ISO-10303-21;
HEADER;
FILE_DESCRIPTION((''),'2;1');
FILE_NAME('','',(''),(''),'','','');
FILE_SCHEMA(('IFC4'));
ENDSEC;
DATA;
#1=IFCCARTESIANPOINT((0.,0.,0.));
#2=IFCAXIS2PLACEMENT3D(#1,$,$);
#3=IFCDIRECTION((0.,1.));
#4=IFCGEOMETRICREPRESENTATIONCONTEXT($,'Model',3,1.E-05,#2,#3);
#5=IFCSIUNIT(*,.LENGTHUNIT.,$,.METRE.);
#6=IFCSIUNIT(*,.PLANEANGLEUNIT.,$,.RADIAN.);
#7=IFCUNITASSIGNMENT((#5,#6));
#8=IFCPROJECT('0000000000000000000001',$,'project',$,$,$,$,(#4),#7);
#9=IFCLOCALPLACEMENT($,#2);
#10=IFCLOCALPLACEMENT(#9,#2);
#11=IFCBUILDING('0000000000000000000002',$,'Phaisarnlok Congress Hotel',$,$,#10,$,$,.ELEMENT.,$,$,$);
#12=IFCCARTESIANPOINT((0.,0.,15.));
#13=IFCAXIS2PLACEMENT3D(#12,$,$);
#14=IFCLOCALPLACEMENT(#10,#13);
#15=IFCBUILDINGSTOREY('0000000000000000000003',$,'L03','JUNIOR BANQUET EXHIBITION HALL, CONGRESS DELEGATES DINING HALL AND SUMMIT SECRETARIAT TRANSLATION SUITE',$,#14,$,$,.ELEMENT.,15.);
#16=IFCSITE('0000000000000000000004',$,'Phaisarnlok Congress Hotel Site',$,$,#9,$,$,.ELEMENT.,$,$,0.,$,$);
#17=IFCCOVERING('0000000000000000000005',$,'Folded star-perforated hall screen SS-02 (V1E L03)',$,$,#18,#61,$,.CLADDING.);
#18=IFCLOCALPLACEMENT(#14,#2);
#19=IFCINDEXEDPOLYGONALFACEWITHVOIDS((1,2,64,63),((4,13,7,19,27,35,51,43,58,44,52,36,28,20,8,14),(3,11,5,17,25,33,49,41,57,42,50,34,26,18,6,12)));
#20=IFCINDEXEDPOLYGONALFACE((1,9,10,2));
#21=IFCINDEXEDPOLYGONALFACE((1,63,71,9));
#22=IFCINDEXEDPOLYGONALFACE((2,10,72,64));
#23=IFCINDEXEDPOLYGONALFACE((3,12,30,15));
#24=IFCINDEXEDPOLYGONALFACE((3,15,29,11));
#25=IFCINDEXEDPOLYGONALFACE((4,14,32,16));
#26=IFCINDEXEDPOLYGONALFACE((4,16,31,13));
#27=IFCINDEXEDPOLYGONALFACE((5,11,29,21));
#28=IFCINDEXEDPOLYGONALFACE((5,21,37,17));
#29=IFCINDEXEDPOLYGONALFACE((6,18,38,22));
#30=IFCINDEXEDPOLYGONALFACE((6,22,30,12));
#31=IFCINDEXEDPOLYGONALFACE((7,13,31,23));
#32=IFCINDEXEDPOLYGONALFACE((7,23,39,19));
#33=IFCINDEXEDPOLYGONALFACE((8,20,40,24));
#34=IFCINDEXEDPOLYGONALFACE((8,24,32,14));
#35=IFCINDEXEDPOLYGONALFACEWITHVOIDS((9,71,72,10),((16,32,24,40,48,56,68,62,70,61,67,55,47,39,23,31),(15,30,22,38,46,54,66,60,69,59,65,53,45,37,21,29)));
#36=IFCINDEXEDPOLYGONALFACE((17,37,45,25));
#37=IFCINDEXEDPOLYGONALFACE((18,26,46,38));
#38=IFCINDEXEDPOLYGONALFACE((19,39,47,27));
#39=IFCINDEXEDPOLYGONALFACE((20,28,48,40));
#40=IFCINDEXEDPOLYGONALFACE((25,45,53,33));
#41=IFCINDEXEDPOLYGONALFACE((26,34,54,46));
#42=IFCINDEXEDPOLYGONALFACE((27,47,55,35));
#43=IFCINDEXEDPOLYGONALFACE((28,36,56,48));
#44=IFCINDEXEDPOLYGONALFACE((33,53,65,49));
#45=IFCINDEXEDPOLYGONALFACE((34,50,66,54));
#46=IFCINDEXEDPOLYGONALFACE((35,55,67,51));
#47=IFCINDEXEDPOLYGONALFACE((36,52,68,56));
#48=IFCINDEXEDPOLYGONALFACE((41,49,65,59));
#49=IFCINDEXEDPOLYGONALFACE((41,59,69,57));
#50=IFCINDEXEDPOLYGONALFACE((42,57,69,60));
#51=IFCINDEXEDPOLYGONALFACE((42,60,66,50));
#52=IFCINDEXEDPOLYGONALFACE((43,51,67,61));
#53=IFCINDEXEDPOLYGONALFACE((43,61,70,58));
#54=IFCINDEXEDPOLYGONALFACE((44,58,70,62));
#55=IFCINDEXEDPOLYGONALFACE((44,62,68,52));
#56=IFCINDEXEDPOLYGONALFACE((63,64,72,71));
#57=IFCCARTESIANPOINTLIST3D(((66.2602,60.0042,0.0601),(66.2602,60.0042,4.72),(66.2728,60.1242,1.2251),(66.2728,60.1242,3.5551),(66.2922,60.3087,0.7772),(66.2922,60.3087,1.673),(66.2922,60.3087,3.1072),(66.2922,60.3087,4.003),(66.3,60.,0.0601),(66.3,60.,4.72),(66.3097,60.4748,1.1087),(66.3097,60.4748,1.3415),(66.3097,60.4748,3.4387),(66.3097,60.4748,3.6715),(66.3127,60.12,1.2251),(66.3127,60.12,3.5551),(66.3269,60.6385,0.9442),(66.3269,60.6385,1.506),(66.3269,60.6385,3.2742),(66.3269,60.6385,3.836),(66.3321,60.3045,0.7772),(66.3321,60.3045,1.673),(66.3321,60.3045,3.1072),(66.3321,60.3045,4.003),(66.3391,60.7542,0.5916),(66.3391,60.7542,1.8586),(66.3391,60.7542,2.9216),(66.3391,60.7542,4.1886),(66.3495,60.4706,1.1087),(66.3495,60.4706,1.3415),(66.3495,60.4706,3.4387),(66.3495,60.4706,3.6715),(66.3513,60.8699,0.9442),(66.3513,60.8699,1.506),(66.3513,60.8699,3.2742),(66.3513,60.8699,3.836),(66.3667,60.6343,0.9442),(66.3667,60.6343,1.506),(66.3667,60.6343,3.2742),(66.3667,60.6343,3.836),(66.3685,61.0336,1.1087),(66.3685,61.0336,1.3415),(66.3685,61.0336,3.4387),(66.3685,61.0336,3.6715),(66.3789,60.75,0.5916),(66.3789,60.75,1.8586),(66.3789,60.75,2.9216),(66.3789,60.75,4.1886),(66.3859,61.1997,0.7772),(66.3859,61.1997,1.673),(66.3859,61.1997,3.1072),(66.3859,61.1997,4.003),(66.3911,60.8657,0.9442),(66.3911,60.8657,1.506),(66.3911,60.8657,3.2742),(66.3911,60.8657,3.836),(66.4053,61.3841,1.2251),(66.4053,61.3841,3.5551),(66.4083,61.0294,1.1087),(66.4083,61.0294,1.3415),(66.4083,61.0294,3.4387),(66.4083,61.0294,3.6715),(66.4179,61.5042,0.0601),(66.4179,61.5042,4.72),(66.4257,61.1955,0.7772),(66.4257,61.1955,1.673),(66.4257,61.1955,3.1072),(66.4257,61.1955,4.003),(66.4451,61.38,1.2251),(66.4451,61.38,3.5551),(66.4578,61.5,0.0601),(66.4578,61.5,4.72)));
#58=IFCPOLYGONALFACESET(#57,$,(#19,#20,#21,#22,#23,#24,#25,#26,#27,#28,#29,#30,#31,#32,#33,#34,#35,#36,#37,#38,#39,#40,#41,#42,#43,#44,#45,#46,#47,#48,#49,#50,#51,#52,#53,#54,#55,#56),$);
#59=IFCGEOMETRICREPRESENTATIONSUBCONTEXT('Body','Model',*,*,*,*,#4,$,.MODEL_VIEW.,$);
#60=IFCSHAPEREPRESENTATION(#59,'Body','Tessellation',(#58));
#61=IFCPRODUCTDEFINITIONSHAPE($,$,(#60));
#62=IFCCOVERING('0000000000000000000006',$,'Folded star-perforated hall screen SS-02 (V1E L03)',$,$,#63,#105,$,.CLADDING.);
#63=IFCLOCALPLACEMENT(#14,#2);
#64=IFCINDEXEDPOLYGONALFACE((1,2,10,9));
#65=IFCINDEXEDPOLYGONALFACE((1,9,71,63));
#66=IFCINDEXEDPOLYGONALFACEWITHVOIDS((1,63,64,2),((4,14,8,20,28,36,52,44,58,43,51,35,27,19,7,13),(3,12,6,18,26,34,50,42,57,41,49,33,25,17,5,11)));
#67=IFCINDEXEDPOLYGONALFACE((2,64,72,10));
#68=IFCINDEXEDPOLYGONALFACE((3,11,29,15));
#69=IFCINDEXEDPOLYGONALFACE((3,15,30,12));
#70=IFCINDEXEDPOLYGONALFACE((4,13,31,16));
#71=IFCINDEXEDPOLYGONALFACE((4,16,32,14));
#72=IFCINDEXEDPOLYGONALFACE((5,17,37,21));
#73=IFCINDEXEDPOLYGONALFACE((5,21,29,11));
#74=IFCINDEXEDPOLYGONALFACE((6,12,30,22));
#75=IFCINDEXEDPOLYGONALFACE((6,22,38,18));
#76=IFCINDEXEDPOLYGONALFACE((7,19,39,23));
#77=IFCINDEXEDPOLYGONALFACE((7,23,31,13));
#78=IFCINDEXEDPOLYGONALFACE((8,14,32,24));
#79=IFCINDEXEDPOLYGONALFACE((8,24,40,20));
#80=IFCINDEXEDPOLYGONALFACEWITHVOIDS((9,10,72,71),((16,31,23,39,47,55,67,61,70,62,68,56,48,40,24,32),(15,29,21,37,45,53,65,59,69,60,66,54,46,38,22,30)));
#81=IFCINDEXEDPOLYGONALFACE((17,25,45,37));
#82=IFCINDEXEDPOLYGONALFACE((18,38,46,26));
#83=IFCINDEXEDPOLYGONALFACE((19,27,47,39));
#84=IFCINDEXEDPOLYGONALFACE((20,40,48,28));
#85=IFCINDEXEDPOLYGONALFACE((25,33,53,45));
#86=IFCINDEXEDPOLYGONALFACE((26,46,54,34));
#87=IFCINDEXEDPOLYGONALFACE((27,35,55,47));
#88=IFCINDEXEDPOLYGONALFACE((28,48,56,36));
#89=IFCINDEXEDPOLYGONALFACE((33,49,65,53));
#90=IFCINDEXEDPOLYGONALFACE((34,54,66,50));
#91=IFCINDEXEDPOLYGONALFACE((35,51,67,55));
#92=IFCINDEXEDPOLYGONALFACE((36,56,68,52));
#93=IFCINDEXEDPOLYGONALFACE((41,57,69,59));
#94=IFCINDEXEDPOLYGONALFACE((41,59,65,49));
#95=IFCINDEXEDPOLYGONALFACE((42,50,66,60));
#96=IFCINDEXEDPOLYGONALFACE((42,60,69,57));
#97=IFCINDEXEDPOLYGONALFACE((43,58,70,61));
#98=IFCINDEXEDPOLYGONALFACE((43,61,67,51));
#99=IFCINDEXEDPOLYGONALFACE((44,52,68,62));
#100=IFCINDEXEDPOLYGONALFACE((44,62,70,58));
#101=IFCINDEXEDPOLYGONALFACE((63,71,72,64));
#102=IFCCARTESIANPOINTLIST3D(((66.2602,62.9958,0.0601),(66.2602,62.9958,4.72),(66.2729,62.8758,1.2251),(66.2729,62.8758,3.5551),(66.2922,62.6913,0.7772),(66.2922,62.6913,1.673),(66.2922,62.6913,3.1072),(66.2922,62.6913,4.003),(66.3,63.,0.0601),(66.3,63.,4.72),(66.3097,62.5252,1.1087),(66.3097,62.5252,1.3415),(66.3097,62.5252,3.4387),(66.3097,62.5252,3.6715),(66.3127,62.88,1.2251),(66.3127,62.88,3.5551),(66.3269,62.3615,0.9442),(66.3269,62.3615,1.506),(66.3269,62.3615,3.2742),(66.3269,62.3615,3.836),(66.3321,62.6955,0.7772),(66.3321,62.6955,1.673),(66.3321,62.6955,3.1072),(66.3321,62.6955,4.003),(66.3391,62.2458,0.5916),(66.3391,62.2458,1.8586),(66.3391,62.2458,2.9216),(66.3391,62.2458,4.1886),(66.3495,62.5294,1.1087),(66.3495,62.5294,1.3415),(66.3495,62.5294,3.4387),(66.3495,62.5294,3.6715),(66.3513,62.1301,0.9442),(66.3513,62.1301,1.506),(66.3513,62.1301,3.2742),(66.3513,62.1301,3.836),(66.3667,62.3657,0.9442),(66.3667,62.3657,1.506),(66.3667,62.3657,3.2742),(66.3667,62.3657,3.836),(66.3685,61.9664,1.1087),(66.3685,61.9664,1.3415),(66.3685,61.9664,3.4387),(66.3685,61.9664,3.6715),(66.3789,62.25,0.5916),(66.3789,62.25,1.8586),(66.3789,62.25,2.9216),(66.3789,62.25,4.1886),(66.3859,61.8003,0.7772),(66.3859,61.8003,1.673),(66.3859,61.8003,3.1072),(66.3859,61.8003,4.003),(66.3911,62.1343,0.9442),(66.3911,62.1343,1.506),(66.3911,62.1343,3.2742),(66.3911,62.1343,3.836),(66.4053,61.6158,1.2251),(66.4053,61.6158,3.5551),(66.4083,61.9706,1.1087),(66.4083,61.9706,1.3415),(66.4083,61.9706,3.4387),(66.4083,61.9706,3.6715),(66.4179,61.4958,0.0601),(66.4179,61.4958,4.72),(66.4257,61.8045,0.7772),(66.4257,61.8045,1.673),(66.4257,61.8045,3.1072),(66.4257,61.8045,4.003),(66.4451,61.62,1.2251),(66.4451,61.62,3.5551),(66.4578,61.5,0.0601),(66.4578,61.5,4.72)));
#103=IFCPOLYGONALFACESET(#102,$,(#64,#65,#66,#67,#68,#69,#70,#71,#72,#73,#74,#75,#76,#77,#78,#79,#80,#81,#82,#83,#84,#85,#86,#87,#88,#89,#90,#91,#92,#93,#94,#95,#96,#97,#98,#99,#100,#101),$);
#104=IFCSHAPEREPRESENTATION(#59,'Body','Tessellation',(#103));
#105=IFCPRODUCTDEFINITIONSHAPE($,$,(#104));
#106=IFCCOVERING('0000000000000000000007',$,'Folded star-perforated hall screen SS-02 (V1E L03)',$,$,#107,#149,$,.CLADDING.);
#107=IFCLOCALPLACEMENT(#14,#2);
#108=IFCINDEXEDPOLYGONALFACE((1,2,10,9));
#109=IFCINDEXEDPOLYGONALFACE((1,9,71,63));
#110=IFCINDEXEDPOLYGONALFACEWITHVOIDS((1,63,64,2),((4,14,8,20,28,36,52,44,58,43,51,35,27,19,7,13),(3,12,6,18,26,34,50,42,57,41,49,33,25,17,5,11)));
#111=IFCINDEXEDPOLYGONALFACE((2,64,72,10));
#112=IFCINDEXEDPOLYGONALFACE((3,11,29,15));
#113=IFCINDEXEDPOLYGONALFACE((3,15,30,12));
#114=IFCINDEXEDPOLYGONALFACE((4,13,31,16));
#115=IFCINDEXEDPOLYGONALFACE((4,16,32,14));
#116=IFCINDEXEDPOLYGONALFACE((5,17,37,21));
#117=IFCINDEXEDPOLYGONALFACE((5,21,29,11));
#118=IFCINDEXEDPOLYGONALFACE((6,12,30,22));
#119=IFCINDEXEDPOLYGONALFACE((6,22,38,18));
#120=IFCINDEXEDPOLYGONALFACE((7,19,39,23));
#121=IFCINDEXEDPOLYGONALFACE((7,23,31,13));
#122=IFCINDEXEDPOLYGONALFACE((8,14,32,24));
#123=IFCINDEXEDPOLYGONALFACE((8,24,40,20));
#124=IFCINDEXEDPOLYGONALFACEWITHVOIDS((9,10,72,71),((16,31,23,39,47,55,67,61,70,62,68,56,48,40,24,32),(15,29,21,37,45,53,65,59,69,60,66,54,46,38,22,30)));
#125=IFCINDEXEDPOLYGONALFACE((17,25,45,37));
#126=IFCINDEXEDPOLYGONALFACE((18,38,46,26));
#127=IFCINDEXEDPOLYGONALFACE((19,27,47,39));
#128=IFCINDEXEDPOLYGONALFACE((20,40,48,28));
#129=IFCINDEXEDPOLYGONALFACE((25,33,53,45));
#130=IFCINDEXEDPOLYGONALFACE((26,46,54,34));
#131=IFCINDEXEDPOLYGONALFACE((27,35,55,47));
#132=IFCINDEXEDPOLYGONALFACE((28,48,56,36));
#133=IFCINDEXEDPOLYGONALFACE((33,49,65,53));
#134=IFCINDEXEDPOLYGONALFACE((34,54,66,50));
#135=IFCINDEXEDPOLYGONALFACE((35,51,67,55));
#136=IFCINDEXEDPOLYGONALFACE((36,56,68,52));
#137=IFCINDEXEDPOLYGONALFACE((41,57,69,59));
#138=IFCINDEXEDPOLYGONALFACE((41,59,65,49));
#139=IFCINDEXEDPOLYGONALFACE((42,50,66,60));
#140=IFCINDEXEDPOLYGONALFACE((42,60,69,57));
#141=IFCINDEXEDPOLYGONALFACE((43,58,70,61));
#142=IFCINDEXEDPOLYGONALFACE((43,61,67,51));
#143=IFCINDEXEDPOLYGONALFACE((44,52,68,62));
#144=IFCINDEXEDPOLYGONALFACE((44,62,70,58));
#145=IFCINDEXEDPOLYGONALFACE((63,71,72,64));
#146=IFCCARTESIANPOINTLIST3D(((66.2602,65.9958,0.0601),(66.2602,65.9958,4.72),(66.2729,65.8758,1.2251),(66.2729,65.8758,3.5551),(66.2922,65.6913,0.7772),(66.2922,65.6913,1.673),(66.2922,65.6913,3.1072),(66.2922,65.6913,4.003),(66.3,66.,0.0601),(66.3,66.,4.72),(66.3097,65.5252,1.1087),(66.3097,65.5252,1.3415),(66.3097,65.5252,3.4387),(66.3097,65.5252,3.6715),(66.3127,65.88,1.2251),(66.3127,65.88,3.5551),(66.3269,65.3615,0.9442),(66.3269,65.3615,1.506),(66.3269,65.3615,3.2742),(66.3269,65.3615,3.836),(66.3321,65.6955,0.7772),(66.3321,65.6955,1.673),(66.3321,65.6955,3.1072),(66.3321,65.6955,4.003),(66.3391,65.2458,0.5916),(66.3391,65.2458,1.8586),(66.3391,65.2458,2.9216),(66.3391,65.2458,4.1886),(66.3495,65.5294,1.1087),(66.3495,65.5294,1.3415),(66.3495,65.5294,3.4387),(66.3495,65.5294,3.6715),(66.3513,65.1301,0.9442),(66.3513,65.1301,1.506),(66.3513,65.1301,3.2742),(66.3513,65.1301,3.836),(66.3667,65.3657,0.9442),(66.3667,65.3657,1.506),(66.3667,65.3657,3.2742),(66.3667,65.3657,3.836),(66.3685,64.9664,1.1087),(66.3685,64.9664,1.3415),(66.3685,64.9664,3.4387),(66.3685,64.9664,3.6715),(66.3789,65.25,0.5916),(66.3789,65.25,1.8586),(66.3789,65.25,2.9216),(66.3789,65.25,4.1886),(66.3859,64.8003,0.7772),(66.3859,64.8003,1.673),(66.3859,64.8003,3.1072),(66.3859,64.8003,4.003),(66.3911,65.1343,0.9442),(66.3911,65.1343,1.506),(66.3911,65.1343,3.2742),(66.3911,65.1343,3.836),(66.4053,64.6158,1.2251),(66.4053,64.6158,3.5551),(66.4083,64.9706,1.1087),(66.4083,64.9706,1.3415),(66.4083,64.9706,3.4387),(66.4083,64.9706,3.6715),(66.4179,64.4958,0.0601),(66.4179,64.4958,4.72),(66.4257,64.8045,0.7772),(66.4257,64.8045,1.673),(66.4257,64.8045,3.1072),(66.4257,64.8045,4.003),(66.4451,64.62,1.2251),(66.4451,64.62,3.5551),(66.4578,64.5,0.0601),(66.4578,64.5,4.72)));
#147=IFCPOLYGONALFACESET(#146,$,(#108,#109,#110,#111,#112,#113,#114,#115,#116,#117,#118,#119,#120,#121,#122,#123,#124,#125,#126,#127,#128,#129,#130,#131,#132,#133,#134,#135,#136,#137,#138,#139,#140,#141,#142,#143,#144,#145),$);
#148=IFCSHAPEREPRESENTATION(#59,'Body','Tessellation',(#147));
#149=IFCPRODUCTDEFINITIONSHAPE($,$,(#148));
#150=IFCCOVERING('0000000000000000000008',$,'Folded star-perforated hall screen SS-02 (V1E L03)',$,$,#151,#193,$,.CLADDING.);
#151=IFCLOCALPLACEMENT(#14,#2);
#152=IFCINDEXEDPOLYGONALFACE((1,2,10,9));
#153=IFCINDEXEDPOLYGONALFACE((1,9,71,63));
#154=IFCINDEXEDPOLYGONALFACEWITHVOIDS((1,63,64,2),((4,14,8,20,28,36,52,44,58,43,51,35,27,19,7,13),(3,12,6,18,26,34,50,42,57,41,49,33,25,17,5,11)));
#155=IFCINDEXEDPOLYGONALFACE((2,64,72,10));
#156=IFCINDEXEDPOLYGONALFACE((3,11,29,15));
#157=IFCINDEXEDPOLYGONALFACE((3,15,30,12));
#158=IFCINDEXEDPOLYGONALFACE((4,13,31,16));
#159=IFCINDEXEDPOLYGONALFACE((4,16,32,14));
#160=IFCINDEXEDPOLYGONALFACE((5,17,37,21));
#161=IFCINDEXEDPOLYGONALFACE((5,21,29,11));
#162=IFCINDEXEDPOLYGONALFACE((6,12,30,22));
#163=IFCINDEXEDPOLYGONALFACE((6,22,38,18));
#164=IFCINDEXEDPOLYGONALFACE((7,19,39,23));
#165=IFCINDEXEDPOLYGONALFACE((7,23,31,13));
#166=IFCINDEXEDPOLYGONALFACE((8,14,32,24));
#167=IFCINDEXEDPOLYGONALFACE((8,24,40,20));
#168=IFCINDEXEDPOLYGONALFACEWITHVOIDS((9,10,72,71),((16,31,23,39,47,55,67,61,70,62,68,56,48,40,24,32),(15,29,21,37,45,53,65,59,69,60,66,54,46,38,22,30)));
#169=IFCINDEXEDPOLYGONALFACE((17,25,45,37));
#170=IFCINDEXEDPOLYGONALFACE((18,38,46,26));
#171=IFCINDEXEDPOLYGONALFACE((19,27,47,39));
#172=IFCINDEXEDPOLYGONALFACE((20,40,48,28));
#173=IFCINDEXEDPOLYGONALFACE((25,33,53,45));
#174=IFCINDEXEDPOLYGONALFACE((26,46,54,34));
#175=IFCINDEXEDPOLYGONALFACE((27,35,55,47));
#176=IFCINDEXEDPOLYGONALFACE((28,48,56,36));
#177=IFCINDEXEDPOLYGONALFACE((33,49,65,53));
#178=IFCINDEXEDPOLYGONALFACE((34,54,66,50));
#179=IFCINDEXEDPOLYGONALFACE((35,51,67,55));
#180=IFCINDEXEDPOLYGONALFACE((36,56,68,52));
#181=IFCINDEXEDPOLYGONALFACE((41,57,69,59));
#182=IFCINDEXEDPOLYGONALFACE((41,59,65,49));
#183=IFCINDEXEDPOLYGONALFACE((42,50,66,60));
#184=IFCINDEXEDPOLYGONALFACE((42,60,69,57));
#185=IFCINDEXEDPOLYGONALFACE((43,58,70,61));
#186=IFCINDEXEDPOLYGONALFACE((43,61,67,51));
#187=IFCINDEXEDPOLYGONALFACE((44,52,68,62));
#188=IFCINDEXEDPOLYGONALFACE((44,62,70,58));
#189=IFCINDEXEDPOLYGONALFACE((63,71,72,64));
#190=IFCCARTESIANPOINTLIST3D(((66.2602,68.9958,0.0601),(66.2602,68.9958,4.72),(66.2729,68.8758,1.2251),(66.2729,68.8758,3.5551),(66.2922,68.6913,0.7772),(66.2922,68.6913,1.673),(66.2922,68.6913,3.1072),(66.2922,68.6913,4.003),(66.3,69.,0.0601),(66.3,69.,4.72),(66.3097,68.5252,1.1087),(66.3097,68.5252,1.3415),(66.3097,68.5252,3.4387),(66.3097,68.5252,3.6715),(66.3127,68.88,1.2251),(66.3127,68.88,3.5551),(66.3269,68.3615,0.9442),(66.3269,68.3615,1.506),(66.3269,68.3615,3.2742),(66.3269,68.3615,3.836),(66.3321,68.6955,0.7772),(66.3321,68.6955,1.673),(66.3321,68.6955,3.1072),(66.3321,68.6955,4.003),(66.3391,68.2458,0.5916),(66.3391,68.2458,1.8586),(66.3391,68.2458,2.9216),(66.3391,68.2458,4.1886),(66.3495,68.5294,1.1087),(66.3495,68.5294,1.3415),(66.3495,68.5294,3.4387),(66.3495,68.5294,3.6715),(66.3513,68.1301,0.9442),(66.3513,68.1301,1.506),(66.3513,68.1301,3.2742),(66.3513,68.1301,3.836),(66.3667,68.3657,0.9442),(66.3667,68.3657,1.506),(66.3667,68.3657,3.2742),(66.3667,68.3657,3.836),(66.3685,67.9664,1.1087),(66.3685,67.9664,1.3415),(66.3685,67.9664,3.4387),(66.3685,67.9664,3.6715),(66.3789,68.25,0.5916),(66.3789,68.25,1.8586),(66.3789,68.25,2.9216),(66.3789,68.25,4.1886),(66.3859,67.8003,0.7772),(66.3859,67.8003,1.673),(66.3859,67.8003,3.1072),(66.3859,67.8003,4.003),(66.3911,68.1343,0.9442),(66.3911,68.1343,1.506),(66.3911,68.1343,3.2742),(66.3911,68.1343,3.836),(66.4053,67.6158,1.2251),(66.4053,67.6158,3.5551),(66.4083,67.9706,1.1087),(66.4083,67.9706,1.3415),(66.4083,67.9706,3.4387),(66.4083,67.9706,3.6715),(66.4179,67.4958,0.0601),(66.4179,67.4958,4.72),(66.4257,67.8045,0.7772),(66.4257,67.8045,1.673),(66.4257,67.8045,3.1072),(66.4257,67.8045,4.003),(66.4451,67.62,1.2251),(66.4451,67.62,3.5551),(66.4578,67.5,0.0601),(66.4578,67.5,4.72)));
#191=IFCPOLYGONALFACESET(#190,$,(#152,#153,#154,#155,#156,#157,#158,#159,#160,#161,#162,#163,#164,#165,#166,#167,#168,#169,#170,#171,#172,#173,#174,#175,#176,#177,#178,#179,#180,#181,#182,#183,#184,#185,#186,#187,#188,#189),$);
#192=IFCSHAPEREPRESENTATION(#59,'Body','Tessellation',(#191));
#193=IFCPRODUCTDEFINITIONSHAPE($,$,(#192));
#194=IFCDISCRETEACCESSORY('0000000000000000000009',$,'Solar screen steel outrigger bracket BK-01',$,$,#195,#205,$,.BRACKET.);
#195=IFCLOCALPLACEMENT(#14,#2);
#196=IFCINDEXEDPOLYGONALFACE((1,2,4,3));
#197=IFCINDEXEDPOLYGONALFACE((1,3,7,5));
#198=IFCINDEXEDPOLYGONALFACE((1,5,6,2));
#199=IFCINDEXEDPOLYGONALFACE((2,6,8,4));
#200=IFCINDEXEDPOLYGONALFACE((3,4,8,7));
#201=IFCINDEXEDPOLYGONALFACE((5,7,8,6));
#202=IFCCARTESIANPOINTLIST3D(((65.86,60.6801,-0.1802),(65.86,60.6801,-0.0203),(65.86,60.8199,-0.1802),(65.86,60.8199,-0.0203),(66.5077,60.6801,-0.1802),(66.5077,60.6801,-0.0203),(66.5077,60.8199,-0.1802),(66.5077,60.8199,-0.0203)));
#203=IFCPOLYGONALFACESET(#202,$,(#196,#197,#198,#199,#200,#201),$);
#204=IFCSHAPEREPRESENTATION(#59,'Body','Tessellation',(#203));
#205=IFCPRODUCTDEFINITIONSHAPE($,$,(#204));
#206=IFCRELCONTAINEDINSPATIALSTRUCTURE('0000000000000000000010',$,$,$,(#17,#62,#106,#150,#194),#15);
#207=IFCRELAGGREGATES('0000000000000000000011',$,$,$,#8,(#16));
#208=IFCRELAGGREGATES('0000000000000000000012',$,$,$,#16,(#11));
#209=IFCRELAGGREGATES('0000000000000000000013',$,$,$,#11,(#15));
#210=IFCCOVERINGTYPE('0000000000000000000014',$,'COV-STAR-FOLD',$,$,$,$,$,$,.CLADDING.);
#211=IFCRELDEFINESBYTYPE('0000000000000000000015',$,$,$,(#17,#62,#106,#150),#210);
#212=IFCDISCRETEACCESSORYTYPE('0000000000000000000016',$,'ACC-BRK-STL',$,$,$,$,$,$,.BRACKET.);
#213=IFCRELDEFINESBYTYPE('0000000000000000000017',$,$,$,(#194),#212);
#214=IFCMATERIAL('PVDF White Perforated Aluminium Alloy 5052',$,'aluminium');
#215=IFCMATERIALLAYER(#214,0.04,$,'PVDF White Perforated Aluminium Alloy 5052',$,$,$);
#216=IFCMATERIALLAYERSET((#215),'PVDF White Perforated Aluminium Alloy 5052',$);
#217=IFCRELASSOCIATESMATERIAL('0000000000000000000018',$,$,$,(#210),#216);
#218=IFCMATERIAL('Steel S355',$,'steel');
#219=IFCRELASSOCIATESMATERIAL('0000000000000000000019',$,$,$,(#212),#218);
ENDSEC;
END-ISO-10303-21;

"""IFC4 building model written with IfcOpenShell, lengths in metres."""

from ifc_helpers import new_model, si_unit, direction, frame, origin, origin_2d, place, context, subcontext, project, spatial, polyline, rectangle, outline, extrude, material, layer, layer_set, type_object, element, save


model = new_model("IFC4")

# Units and contexts
model_context = context("Model", 3, precision=1e-05, world=origin(), true_north=direction((0.0, 1.0)))
body_context = subcontext(model_context, "Body", "Model", "MODEL_VIEW")
ifc_project = project(units=[si_unit("LENGTHUNIT", "METRE"), si_unit("PLANEANGLEUNIT", "RADIAN")], contexts=[model_context])

# Site, building, storey
site_placement = place(None, origin())
site = spatial("IfcSite", under=ifc_project, at=site_placement, Name="Phaisarnlok Congress Hotel Site", CompositionType="ELEMENT", RefElevation=0.0)
building_placement = place(site_placement, origin())
building = spatial("IfcBuilding", under=site, at=building_placement, Name="Phaisarnlok Congress Hotel", CompositionType="ELEMENT")
storey_placement = place(building_placement, frame((0.0, 0.0, 15.0)))
storey = spatial("IfcBuildingStorey", under=building, at=storey_placement, Name="L03", Description="JUNIOR BANQUET EXHIBITION HALL, CONGRESS DELEGATES DINING HALL AND SUMMIT SECRETARIAT TRANSLATION SUITE", CompositionType="ELEMENT", Elevation=15.0)

# Shared definitions
ifc_material_1 = material(Name="Steel S355", Category="steel")

# Coverings
ifc_material_2 = material(Name="PVDF White Perforated Aluminium Alloy 5052", Category="aluminium")
ifc_layer_1 = layer(ifc_material_2, 0.04, Name="PVDF White Perforated Aluminium Alloy 5052")
ifc_layer_set_1 = layer_set([ifc_layer_1], Name="PVDF White Perforated Aluminium Alloy 5052")
covering_type = type_object("IfcCoveringType", Name="COV-STAR-FOLD", PredefinedType="CLADDING", material=ifc_layer_set_1)
for number, where, z_axis, x_axis, name in (
    (1, (66.4578, 61.5, 0.0601), (-0.994518, 0.104567, 0.0), (-0.104567, -0.994518, 0.0), "Folded star-perforated hall screen SS-02 (V1E L03)"),
    (2, (66.3, 63.0, 0.0601), (-0.994518, -0.104567, 0.0), (0.104567, -0.994518, 0.0), "Folded star-perforated hall screen SS-02 (V1E L03)"),
    (3, (66.3, 66.0, 0.0601), (-0.994518, -0.104567, 0.0), (0.104567, -0.994518, 0.0), "Folded star-perforated hall screen SS-02 (V1E L03)"),
    (4, (66.3, 69.0, 0.0601), (-0.994518, -0.104567, 0.0), (0.104567, -0.994518, 0.0), "Folded star-perforated hall screen SS-02 (V1E L03)"),
):
    element("IfcCovering", number, at=place(storey_placement, frame(where, z_axis=z_axis, x_axis=x_axis)), inside=storey, type_object=covering_type, Name=name, PredefinedType="CLADDING", context=body_context, shape_type="SweptSolid", body=[
        extrude(outline(polyline([(0.0, 0.0), (1.5083, 0.0), (1.5083, 4.6599), (0.0, 4.6599), (0.0, 0.0)]), holes=[polyline([(1.0351, 1.0486), (1.2021, 0.7171), (0.8705, 0.8841), (0.7541, 0.5315), (0.6378, 0.8841), (0.3062, 0.7171), (0.4732, 1.0486), (0.1207, 1.165), (0.4732, 1.2814), (0.3062, 1.6129), (0.6378, 1.4459), (0.7541, 1.7985), (0.8705, 1.4459), (1.2021, 1.6129), (1.0351, 1.2814), (1.3876, 1.165), (1.0351, 1.0486)]), polyline([(1.0351, 3.3786), (1.2021, 3.0471), (0.8705, 3.2141), (0.7541, 2.8615), (0.6378, 3.2141), (0.3062, 3.0471), (0.4732, 3.3786), (0.1207, 3.495), (0.4732, 3.6114), (0.3062, 3.9429), (0.6378, 3.7759), (0.7541, 4.1285), (0.8705, 3.7759), (1.2021, 3.9429), (1.0351, 3.6114), (1.3876, 3.495), (1.0351, 3.3786)])]), origin(), (0.0, 0.0, 1.0), 0.04),
    ])

# Discrete accessory
discrete_accessory_type = type_object("IfcDiscreteAccessoryType", Name="ACC-BRK-STL", PredefinedType="BRACKET", material=ifc_material_1)
for number, where, z_axis, x_axis, name in (
    (5, (66.1838, 60.75, -0.1802), (0.0, 0.0, 1.0), (1.0, 0.0, 0.0), "Solar screen steel outrigger bracket BK-01"),
):
    element("IfcDiscreteAccessory", number, at=place(storey_placement, frame(where, z_axis=z_axis, x_axis=x_axis)), inside=storey, type_object=discrete_accessory_type, Name=name, PredefinedType="BRACKET", context=body_context, shape_type="SweptSolid", body=[
        extrude(rectangle(XDim=0.6477, YDim=0.1399, at=origin_2d()), origin(), (0.0, 0.0, 1.0), 0.1599),
    ])

save(model, "model.ifc")
